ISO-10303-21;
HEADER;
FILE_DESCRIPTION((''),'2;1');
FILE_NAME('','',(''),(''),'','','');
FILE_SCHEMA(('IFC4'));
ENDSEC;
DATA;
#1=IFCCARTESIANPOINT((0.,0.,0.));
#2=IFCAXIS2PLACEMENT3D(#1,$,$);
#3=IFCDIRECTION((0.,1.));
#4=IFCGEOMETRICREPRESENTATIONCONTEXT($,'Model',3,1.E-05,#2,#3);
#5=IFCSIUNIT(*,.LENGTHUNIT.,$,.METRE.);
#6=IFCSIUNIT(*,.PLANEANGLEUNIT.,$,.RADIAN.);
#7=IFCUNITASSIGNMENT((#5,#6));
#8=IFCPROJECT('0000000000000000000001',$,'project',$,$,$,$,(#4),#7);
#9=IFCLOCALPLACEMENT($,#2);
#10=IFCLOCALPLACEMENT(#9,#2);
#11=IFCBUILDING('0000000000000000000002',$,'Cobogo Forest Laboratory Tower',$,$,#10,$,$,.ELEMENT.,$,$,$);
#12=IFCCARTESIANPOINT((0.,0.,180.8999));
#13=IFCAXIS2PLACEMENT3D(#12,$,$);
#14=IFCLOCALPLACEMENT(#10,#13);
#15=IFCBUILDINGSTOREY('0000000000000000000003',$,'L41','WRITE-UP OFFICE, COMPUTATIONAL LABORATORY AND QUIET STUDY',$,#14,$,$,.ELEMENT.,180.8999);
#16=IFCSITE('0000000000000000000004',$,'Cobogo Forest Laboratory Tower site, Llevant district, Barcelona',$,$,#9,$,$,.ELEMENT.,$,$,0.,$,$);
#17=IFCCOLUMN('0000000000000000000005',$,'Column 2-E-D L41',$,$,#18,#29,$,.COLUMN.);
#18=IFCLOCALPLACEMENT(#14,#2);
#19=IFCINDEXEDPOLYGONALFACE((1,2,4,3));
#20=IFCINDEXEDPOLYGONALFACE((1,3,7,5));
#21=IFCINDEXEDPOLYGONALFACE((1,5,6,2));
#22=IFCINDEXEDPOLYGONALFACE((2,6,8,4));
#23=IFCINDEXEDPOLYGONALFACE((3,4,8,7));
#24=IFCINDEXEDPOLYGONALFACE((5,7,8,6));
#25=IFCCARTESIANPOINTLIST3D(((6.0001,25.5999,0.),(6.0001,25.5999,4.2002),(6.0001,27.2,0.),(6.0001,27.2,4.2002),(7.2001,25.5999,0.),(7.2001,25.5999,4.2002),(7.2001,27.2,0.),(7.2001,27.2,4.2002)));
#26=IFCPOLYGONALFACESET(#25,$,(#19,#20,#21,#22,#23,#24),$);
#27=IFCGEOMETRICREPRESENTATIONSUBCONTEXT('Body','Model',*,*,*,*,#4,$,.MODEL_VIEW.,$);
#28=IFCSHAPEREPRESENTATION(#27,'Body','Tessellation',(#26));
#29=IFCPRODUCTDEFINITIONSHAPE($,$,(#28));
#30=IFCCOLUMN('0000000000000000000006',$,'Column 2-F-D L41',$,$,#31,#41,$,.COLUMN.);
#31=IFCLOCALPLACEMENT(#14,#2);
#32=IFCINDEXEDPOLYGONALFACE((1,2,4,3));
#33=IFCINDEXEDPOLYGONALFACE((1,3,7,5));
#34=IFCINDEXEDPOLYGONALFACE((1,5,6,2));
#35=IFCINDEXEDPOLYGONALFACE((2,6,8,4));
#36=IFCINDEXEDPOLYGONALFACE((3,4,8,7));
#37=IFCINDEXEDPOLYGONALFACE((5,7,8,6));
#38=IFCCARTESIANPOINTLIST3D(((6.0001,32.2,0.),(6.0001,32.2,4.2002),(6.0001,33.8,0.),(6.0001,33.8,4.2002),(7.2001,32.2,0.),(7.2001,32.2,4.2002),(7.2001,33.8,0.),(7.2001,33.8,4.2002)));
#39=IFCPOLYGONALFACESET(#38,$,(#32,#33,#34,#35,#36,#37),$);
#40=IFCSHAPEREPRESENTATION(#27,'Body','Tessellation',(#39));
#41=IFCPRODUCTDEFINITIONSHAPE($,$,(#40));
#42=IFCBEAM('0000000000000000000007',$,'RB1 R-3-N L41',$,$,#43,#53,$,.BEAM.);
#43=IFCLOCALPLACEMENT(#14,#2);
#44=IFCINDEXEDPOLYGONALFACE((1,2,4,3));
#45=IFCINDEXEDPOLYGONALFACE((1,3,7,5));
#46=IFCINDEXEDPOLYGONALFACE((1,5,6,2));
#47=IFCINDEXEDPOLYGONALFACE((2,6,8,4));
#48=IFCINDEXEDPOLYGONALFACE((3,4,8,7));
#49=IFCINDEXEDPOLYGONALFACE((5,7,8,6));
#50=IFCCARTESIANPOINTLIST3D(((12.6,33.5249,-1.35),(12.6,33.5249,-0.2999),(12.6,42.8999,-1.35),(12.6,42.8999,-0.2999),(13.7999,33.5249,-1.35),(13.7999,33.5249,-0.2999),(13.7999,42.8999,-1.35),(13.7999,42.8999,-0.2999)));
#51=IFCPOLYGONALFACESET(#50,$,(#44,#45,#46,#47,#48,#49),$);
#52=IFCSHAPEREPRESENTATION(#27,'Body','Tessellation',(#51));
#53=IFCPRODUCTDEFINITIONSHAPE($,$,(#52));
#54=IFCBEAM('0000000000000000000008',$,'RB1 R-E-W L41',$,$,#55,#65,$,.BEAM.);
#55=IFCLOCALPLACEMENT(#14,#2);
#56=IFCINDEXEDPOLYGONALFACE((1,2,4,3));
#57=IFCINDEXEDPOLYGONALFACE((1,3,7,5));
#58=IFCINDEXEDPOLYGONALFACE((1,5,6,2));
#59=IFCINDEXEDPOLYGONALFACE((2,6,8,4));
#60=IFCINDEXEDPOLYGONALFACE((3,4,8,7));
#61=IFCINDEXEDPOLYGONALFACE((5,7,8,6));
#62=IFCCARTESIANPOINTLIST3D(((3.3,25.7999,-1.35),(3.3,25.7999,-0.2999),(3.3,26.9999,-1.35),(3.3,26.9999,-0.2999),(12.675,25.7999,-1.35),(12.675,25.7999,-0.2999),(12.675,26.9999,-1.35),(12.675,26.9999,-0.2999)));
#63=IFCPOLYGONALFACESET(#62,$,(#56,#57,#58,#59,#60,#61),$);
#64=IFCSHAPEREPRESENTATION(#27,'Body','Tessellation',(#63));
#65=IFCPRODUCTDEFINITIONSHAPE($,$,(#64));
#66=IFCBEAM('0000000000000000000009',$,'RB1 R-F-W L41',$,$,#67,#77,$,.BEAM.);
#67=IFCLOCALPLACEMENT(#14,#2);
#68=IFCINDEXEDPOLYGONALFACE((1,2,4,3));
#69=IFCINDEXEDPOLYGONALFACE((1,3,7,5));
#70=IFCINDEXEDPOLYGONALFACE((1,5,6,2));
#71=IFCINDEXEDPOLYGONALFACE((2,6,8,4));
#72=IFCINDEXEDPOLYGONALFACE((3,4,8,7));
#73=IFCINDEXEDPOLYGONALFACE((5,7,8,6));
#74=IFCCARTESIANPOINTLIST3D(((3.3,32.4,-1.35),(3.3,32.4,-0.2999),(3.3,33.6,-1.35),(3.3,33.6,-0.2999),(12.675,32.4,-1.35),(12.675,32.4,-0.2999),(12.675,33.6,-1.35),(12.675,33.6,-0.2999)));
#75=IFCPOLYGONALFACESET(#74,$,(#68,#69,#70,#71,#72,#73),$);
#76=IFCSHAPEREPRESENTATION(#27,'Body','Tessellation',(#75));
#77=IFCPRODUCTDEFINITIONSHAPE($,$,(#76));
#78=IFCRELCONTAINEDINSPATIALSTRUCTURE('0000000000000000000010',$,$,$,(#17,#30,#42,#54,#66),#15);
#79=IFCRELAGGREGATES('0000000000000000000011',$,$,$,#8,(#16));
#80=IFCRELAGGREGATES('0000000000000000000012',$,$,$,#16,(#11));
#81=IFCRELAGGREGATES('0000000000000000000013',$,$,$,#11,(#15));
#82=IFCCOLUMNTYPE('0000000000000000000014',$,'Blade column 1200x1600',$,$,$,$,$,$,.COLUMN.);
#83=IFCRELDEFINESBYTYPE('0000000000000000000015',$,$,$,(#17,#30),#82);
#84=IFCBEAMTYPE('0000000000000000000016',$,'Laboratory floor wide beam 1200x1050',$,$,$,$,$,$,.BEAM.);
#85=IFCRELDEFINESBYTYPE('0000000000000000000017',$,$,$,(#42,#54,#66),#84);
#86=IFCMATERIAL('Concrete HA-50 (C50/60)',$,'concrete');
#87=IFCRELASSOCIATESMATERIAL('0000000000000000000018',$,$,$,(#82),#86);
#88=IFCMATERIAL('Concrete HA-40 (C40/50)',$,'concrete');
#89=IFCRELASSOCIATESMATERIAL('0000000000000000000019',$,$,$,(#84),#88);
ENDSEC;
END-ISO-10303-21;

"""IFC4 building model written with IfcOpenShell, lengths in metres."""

from ifc_helpers import new_model, si_unit, direction, frame, origin, origin_2d, place, context, subcontext, project, spatial, rectangle, extrude, material, material_profile, profile_set, type_object, element, save


model = new_model("IFC4")

# Units and contexts
model_context = context("Model", 3, precision=1e-05, world=origin(), true_north=direction((0.0, 1.0)))
body_context = subcontext(model_context, "Body", "Model", "MODEL_VIEW")
ifc_project = project(units=[si_unit("LENGTHUNIT", "METRE"), si_unit("PLANEANGLEUNIT", "RADIAN")], contexts=[model_context])

# Site, building, storey
site_placement = place(None, origin())
site = spatial("IfcSite", under=ifc_project, at=site_placement, Name="Cobogo Forest Laboratory Tower site, Llevant district, Barcelona", CompositionType="ELEMENT", RefElevation=0.0)
building_placement = place(site_placement, origin())
building = spatial("IfcBuilding", under=site, at=building_placement, Name="Cobogo Forest Laboratory Tower", CompositionType="ELEMENT")
storey_placement = place(building_placement, frame((0.0, 0.0, 180.8999)))
storey = spatial("IfcBuildingStorey", under=building, at=storey_placement, Name="L41", Description="WRITE-UP OFFICE, COMPUTATIONAL LABORATORY AND QUIET STUDY", CompositionType="ELEMENT", Elevation=180.8999)

# Columns
ifc_material_1 = material(Name="Concrete HA-50 (C50/60)", Category="concrete")
ifc_material_profile_1 = material_profile(ifc_material_1, rectangle(XDim=1.6001, YDim=1.2, at=origin_2d()), Name="RC 1200x1600")
ifc_profile_set_1 = profile_set([ifc_material_profile_1], Name="Concrete HA-50 (C50/60)")
column_type = type_object("IfcColumnType", Name="Blade column 1200x1600", PredefinedType="COLUMN", material=ifc_profile_set_1)
for number, where, z_axis, x_axis, name in (
    (1, (6.6001, 26.3999, 0.0), (0.0, 0.0, 1.0), (0.0, 1.0, 0.0), "Column 2-E-D L41"),
    (2, (6.6001, 33.0, 0.0), (0.0, 0.0, 1.0), (0.0, 1.0, 0.0), "Column 2-F-D L41"),
):
    element("IfcColumn", number, at=place(storey_placement, frame(where, z_axis=z_axis, x_axis=x_axis)), inside=storey, type_object=column_type, Name=name, PredefinedType="COLUMN", context=body_context, shape_type="SweptSolid", body=[
        extrude(rectangle(XDim=1.6001, YDim=1.2, at=origin_2d()), origin(), (0.0, 0.0, 1.0), 4.2002),
    ])

# Beams
ifc_material_2 = material(Name="Concrete HA-40 (C40/50)", Category="concrete")
ifc_material_profile_2 = material_profile(ifc_material_2, rectangle(XDim=1.2, YDim=1.05, at=origin_2d()), Name="RC 1200x1050")
ifc_profile_set_2 = profile_set([ifc_material_profile_2], Name="Concrete HA-40 (C40/50)")
beam_type = type_object("IfcBeamType", Name="Laboratory floor wide beam 1200x1050", PredefinedType="BEAM", material=ifc_profile_set_2)
for number, where, z_axis, x_axis, name in (
    (3, (13.2, 33.5249, -0.825), (0.0, 1.0, 0.0), (-1.0, 0.0, 0.0), "RB1 R-3-N L41"),
    (4, (12.675, 26.3999, -0.825), (-1.0, 0.0, 0.0), (0.0, -1.0, 0.0), "RB1 R-E-W L41"),
    (5, (12.675, 33.0, -0.825), (-1.0, 0.0, 0.0), (0.0, -1.0, 0.0), "RB1 R-F-W L41"),
):
    element("IfcBeam", number, at=place(storey_placement, frame(where, z_axis=z_axis, x_axis=x_axis)), inside=storey, type_object=beam_type, Name=name, PredefinedType="BEAM", context=body_context, shape_type="SweptSolid", body=[
        extrude(rectangle(XDim=1.2, YDim=1.05, at=origin_2d()), origin(), (0.0, 0.0, 1.0), 9.375),
    ])

save(model, "model.ifc")
